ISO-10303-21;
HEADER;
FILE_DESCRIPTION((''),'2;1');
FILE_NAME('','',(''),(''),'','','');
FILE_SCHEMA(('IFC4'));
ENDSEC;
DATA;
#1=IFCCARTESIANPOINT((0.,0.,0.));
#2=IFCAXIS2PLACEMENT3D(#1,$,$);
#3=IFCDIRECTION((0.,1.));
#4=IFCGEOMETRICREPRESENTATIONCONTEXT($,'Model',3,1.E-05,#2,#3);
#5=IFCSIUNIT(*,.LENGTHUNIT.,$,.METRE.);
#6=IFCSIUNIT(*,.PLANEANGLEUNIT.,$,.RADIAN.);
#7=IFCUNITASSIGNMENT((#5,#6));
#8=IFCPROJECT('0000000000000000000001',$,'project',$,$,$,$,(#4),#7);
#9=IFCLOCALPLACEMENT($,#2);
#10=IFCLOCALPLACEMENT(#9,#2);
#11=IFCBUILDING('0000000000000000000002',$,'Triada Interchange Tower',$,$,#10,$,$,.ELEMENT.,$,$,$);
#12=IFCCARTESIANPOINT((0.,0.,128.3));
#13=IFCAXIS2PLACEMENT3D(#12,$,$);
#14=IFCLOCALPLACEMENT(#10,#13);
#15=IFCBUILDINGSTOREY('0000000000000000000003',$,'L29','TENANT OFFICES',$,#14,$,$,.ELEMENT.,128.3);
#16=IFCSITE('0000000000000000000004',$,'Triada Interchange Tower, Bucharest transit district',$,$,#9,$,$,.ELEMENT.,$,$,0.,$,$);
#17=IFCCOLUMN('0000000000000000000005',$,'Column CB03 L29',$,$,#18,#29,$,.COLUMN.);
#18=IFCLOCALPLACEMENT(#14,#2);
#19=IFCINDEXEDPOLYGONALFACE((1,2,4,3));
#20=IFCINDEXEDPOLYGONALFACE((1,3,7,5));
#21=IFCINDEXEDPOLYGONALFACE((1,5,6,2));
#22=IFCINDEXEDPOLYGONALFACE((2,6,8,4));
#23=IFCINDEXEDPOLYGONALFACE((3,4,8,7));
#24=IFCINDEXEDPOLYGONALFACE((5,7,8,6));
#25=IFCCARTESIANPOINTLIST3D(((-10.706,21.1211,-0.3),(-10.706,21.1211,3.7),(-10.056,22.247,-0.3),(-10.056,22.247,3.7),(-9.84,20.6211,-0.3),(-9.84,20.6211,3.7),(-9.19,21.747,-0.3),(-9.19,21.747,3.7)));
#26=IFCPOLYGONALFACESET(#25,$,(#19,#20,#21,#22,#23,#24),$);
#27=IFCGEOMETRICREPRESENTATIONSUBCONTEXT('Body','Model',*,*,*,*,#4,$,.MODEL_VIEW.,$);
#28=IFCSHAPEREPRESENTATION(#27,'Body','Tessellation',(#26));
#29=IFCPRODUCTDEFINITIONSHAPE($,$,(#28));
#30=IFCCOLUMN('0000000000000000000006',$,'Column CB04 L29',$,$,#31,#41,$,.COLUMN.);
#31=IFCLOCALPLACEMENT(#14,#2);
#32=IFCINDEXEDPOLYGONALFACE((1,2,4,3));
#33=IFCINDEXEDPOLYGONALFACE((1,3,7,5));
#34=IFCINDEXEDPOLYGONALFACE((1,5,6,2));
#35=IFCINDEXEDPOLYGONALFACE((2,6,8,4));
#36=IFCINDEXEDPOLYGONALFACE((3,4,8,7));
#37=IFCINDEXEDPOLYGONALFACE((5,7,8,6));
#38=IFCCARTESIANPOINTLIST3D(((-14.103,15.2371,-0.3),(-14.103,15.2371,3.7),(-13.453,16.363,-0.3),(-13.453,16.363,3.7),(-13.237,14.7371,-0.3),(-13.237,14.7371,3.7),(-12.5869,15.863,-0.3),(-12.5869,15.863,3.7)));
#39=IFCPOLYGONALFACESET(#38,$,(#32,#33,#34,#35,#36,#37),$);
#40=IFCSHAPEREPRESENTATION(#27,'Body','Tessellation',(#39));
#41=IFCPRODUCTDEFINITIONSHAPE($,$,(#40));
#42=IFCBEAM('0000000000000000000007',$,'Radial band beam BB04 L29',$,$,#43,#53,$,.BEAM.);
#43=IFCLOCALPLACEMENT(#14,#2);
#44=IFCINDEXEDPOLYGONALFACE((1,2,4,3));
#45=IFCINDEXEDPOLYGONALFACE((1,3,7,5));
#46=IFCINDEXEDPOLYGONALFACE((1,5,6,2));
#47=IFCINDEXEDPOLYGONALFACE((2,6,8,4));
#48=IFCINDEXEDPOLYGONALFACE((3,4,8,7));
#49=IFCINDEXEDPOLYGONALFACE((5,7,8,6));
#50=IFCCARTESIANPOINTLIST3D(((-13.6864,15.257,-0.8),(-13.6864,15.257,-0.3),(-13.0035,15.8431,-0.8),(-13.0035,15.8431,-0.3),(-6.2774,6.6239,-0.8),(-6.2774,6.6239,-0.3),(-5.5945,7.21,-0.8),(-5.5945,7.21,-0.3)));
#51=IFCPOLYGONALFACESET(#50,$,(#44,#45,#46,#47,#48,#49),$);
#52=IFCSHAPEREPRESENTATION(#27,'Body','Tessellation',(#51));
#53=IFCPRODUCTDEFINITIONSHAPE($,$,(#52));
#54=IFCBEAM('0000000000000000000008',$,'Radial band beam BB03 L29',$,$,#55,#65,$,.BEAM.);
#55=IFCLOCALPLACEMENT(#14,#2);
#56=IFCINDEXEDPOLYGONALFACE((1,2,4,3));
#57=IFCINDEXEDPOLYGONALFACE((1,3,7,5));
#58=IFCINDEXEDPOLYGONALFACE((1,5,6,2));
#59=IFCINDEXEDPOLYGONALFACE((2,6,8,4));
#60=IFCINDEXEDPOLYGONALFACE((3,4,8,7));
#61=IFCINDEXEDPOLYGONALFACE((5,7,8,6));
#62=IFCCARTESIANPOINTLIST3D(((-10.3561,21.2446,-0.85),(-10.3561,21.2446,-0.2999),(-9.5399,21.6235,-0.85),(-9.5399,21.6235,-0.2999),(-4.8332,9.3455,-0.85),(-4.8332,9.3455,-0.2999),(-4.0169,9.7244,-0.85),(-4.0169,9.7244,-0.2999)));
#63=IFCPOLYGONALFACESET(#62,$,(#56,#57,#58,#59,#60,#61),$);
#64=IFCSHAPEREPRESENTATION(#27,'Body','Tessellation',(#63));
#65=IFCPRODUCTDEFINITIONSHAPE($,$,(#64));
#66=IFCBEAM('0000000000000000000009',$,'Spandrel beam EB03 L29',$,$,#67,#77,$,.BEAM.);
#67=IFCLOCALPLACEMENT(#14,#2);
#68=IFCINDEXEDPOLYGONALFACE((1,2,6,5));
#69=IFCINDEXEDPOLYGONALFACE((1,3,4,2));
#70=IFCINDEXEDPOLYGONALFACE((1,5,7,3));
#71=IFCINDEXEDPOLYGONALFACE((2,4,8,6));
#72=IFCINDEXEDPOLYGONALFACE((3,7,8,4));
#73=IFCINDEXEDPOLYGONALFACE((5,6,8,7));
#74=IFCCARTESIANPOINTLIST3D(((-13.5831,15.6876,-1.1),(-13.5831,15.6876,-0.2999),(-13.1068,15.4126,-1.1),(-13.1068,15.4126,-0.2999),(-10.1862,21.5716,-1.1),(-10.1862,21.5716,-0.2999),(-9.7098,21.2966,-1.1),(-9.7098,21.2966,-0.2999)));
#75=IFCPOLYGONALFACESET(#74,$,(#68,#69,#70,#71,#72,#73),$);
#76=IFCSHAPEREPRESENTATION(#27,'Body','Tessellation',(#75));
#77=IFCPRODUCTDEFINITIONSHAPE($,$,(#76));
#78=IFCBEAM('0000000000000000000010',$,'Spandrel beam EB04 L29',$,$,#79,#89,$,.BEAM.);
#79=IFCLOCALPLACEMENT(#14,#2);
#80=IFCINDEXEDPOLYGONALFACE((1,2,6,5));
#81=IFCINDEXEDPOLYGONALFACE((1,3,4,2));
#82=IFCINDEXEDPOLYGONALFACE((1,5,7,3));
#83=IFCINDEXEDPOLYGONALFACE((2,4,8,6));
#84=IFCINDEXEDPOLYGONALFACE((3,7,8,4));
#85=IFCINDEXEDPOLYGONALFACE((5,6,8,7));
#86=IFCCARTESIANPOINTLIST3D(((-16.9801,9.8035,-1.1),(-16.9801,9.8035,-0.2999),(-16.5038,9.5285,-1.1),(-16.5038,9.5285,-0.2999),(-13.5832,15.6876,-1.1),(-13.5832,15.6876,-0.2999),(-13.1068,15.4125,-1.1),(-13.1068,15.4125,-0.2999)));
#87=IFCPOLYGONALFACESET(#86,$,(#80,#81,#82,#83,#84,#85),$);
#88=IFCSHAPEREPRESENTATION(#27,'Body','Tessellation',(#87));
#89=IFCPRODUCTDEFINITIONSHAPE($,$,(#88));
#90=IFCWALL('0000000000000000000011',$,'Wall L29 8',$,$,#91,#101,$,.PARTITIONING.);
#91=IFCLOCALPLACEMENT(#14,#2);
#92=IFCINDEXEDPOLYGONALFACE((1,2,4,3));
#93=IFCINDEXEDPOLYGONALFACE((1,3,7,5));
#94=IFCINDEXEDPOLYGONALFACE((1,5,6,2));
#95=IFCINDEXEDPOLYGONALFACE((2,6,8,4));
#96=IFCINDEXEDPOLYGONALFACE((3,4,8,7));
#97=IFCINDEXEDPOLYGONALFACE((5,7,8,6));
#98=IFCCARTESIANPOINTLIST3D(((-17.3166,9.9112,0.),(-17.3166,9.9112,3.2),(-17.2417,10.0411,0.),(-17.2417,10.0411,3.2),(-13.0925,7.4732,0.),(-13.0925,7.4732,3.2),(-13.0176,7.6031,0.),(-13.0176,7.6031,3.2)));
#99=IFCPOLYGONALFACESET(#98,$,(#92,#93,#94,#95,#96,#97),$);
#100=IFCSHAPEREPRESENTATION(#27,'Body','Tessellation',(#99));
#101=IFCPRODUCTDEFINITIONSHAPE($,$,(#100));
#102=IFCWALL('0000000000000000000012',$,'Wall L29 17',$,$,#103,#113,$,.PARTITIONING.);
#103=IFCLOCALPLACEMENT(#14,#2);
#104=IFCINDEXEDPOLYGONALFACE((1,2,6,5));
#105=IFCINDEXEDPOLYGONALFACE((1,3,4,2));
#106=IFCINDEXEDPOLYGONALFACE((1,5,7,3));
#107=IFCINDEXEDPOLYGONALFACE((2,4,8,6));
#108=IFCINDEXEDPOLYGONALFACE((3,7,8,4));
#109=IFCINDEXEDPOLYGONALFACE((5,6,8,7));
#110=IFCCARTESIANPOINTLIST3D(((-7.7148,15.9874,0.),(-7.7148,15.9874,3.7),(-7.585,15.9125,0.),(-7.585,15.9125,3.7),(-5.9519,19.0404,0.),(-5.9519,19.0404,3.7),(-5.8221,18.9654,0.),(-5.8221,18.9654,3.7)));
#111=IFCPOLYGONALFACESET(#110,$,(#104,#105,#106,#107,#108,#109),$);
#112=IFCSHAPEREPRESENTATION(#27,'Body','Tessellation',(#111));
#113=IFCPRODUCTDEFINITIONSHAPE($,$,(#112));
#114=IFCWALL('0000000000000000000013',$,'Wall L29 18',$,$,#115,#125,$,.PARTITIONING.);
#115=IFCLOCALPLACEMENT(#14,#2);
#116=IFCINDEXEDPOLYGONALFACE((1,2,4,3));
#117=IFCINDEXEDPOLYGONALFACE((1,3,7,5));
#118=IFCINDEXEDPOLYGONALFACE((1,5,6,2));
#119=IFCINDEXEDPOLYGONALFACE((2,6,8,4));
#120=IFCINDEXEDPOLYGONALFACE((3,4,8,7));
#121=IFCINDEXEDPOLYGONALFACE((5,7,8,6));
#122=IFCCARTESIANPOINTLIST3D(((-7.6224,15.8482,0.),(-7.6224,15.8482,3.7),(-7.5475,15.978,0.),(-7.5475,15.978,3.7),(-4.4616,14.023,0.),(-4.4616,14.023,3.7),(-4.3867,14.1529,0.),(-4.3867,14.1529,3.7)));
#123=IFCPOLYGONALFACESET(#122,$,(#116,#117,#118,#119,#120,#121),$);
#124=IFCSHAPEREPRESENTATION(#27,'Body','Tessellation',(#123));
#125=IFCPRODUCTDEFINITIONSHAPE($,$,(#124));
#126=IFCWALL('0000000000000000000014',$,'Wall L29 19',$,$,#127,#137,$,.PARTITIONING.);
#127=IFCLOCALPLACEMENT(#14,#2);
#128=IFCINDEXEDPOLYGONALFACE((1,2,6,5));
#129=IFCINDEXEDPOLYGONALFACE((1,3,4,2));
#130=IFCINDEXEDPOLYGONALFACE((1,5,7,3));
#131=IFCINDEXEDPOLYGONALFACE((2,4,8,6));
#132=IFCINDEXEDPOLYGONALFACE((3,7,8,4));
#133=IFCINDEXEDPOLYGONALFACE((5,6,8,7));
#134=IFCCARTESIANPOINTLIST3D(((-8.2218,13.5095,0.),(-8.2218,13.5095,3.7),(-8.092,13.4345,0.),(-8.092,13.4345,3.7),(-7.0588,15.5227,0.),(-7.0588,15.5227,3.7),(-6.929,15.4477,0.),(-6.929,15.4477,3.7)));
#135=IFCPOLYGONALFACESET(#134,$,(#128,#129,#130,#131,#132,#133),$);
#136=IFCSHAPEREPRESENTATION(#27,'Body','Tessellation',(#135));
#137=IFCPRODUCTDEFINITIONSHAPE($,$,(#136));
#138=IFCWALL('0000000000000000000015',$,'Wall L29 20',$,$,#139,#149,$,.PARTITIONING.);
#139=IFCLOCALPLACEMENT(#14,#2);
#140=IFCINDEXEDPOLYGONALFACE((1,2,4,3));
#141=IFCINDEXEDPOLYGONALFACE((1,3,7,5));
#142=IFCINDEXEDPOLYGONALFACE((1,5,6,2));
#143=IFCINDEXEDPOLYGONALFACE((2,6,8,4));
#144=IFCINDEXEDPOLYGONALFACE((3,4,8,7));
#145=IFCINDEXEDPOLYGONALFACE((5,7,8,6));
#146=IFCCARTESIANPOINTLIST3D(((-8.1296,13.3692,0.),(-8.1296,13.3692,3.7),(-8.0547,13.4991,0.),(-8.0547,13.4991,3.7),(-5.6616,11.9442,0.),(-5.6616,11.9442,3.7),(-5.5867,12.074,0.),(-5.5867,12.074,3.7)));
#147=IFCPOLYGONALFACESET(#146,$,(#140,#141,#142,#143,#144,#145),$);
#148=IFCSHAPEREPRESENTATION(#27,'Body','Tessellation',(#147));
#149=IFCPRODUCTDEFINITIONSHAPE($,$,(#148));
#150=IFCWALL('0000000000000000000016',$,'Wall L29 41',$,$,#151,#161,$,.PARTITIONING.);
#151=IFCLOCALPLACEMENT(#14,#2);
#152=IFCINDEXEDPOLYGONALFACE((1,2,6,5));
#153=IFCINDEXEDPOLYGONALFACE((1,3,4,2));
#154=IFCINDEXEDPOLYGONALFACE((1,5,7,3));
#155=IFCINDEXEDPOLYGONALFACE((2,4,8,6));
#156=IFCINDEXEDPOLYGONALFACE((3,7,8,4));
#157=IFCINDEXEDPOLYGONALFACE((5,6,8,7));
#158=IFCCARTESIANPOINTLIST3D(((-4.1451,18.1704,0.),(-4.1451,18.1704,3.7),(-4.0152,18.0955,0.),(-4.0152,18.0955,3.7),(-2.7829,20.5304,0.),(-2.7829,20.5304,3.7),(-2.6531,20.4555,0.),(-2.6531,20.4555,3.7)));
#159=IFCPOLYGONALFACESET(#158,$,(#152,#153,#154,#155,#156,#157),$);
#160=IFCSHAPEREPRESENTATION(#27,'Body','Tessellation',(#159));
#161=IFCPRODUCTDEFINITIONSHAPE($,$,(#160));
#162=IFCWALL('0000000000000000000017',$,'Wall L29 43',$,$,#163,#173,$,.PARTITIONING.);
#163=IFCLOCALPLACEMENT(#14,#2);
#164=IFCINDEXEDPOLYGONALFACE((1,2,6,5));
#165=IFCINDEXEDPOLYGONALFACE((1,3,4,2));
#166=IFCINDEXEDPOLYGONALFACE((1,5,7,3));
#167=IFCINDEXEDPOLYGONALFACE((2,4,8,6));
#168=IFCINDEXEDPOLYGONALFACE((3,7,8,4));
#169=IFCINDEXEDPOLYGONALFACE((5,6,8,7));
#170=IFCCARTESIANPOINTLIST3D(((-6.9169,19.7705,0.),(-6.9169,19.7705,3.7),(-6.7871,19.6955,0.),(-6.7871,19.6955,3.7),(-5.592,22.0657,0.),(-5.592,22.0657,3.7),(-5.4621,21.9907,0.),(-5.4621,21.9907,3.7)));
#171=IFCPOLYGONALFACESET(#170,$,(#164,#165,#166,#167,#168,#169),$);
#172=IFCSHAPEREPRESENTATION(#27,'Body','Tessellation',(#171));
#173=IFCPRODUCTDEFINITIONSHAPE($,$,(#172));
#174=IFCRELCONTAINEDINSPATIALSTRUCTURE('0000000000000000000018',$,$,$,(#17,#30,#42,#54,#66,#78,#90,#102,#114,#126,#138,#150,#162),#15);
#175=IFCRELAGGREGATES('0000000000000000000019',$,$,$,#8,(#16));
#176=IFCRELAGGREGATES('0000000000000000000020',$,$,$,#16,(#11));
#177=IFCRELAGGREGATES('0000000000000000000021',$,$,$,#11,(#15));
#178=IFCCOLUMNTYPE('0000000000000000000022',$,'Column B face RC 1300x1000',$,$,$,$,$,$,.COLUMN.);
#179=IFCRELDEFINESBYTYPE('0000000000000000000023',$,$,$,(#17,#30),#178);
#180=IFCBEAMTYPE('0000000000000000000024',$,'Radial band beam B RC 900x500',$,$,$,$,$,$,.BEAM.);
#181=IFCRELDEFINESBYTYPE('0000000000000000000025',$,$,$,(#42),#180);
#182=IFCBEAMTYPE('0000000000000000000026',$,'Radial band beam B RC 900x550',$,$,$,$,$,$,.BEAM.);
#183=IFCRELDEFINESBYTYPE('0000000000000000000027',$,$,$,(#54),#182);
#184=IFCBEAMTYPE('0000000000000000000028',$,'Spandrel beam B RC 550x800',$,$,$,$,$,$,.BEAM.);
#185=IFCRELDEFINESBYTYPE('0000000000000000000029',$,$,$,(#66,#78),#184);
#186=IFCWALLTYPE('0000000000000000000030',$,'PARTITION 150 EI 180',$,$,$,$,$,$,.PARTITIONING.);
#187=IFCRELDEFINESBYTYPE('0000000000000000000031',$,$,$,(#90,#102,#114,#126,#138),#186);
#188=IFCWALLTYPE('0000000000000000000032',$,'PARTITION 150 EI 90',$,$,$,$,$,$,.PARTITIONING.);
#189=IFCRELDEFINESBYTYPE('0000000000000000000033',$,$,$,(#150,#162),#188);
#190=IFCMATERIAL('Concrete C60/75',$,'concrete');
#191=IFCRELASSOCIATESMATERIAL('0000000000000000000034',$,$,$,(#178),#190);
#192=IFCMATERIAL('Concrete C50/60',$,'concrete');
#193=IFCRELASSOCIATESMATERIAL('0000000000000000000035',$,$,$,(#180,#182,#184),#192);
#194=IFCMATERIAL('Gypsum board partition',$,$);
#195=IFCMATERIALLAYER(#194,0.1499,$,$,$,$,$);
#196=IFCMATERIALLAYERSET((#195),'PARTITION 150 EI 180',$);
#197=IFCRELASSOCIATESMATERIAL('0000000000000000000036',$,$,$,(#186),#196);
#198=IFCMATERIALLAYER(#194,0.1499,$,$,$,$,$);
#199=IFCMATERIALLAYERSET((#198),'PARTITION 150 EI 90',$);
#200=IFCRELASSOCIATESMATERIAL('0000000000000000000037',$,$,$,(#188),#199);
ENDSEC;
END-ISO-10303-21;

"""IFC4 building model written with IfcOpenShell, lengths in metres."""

from ifc_helpers import new_model, si_unit, direction, frame, frame_2d, origin, origin_2d, place, context, subcontext, project, spatial, rectangle, extrude, material, layer, layer_set, material_profile, profile_set, type_object, element, save


model = new_model("IFC4")

# Units and contexts
model_context = context("Model", 3, precision=1e-05, world=origin(), true_north=direction((0.0, 1.0)))
body_context = subcontext(model_context, "Body", "Model", "MODEL_VIEW")
ifc_project = project(units=[si_unit("LENGTHUNIT", "METRE"), si_unit("PLANEANGLEUNIT", "RADIAN")], contexts=[model_context])

# Site, building, storey
site_placement = place(None, origin())
site = spatial("IfcSite", under=ifc_project, at=site_placement, Name="Triada Interchange Tower, Bucharest transit district", CompositionType="ELEMENT", RefElevation=0.0)
building_placement = place(site_placement, origin())
building = spatial("IfcBuilding", under=site, at=building_placement, Name="Triada Interchange Tower", CompositionType="ELEMENT")
storey_placement = place(building_placement, frame((0.0, 0.0, 128.3)))
storey = spatial("IfcBuildingStorey", under=building, at=storey_placement, Name="L29", Description="TENANT OFFICES", CompositionType="ELEMENT", Elevation=128.3)

# Columns
ifc_material_1 = material(Name="Concrete C60/75", Category="concrete")
ifc_material_profile_1 = material_profile(ifc_material_1, rectangle(XDim=1.3, YDim=1.0, at=origin_2d()), Name="RC 1300x1000")
ifc_profile_set_1 = profile_set([ifc_material_profile_1], Name="Concrete C60/75")
column_type = type_object("IfcColumnType", Name="Column B face RC 1300x1000", PredefinedType="COLUMN", material=ifc_profile_set_1)
for number, where, z_axis, x_axis, name in (
    (1, (-9.948, 21.4341, -0.3), (0.0, 0.0, 1.0), (0.5, 0.866025, 0.0), "Column CB03 L29"),
    (2, (-13.345, 15.55, -0.3), (0.0, 0.0, 1.0), (0.5, 0.866025, 0.0), "Column CB04 L29"),
):
    element("IfcColumn", number, at=place(storey_placement, frame(where, z_axis=z_axis, x_axis=x_axis)), inside=storey, type_object=column_type, Name=name, PredefinedType="COLUMN", context=body_context, shape_type="SweptSolid", body=[
        extrude(rectangle(XDim=1.3, YDim=1.0, at=origin_2d()), origin(), (0.0, 0.0, 1.0), 4.0),
    ])

# Beams
ifc_material_2 = material(Name="Concrete C50/60", Category="concrete")
ifc_material_profile_2 = material_profile(ifc_material_2, rectangle(XDim=0.8999, YDim=0.5, at=origin_2d()), Name="RC 900x500")
ifc_profile_set_2 = profile_set([ifc_material_profile_2], Name="Concrete C50/60")
beam_type_1 = type_object("IfcBeamType", Name="Radial band beam B RC 900x500", PredefinedType="BEAM", material=ifc_profile_set_2)
beam_1_placement = place(storey_placement, frame((-13.345, 15.55, -0.55), z_axis=(0.651256, -0.758858, 0.0), x_axis=(0.758858, 0.651256, 0.0)))
element("IfcBeam", 3, at=beam_1_placement, inside=storey, type_object=beam_type_1, Name="Radial band beam BB04 L29", PredefinedType="BEAM", context=body_context, shape_type="SweptSolid", body=[
    extrude(rectangle(XDim=0.8999, YDim=0.5, at=origin_2d()), origin(), (0.0, 0.0, 1.0), 11.3765),
])
ifc_material_profile_3 = material_profile(ifc_material_2, rectangle(XDim=0.8999, YDim=0.55, at=origin_2d()), Name="RC 900x550")
ifc_profile_set_3 = profile_set([ifc_material_profile_3], Name="Concrete C50/60")
beam_type_2 = type_object("IfcBeamType", Name="Radial band beam B RC 900x550", PredefinedType="BEAM", material=ifc_profile_set_3)
beam_2_placement = place(storey_placement, frame((-9.948, 21.4341, -0.575), z_axis=(0.421007, -0.907057, 0.0), x_axis=(0.907057, 0.421007, 0.0)))
element("IfcBeam", 4, at=beam_2_placement, inside=storey, type_object=beam_type_2, Name="Radial band beam BB03 L29", PredefinedType="BEAM", context=body_context, shape_type="SweptSolid", body=[
    extrude(rectangle(XDim=0.8999, YDim=0.55, at=origin_2d()), origin(), (0.0, 0.0, 1.0), 13.1184),
])
ifc_material_profile_4 = material_profile(ifc_material_2, rectangle(XDim=0.55, YDim=0.8, at=origin_2d()), Name="RC 550x800")
ifc_profile_set_4 = profile_set([ifc_material_profile_4], Name="Concrete C50/60")
beam_type_3 = type_object("IfcBeamType", Name="Spandrel beam B RC 550x800", PredefinedType="BEAM", material=ifc_profile_set_4)
for number, where, z_axis, x_axis, name in (
    (5, (-9.948, 21.4341, -0.7), (-0.499981, -0.866037, 0.0), (0.866037, -0.499981, 0.0), "Spandrel beam EB03 L29"),
    (6, (-13.345, 15.55, -0.7), (-0.499981, -0.866037, 0.0), (0.866037, -0.499981, 0.0), "Spandrel beam EB04 L29"),
):
    element("IfcBeam", number, at=place(storey_placement, frame(where, z_axis=z_axis, x_axis=x_axis)), inside=storey, type_object=beam_type_3, Name=name, PredefinedType="BEAM", context=body_context, shape_type="SweptSolid", body=[
        extrude(rectangle(XDim=0.55, YDim=0.8, at=origin_2d()), origin(), (0.0, 0.0, 1.0), 6.7942),
    ])

# Walls
ifc_material_3 = material(Name="Gypsum board partition")
ifc_layer_1 = layer(ifc_material_3, 0.1499)
ifc_layer_set_1 = layer_set([ifc_layer_1], Name="PARTITION 150 EI 180")
wall_type_1 = type_object("IfcWallType", Name="PARTITION 150 EI 180", PredefinedType="PARTITIONING", material=ifc_layer_set_1)
wall_1_placement = place(storey_placement, frame((-17.2791, 9.9761, 0.0), z_axis=(0.0, 0.0, 1.0), x_axis=(0.866097, -0.499876, 0.0)))
element("IfcWall", 7, at=wall_1_placement, inside=storey, type_object=wall_type_1, Name="Wall L29 8", PredefinedType="PARTITIONING", context=body_context, shape_type="SweptSolid", body=[
    extrude(rectangle(XDim=4.8772, YDim=0.1499, at=frame_2d((2.4385, 0.0))), origin(), (0.0, 0.0, 1.0), 3.2),
])
wall_2_placement = place(storey_placement, frame((-7.6499, 15.95, 0.0), z_axis=(0.0, 0.0, 1.0), x_axis=(0.500064, 0.865988, 0.0)))
element("IfcWall", 8, at=wall_2_placement, inside=storey, type_object=wall_type_1, Name="Wall L29 17", PredefinedType="PARTITIONING", context=body_context, shape_type="SweptSolid", body=[
    extrude(rectangle(XDim=3.5254, YDim=0.1499, at=frame_2d((1.7627, 0.0))), origin(), (0.0, 0.0, 1.0), 3.7),
])
wall_3_placement = place(storey_placement, frame((-7.585, 15.9131, 0.0), z_axis=(0.0, 0.0, 1.0), x_axis=(0.865995, -0.500052, 0.0)))
element("IfcWall", 9, at=wall_3_placement, inside=storey, type_object=wall_type_1, Name="Wall L29 18", PredefinedType="PARTITIONING", context=body_context, shape_type="SweptSolid", body=[
    extrude(rectangle(XDim=3.6499, YDim=0.1499, at=frame_2d((1.825, 0.0))), origin(), (0.0, 0.0, 1.0), 3.7),
])
wall_4_placement = place(storey_placement, frame((-8.157, 13.4719, 0.0), z_axis=(0.0, 0.0, 1.0), x_axis=(0.50025, 0.865881, 0.0)))
element("IfcWall", 10, at=wall_4_placement, inside=storey, type_object=wall_type_1, Name="Wall L29 19", PredefinedType="PARTITIONING", context=body_context, shape_type="SweptSolid", body=[
    extrude(rectangle(XDim=2.325, YDim=0.1499, at=frame_2d((1.1626, 0.0))), origin(), (0.0, 0.0, 1.0), 3.7),
])
wall_5_placement = place(storey_placement, frame((-8.092, 13.4341, 0.0), z_axis=(0.0, 0.0, 1.0), x_axis=(0.866004, -0.500036, 0.0)))
element("IfcWall", 11, at=wall_5_placement, inside=storey, type_object=wall_type_1, Name="Wall L29 20", PredefinedType="PARTITIONING", context=body_context, shape_type="SweptSolid", body=[
    extrude(rectangle(XDim=2.8499, YDim=0.1499, at=frame_2d((1.4248, 0.0))), origin(), (0.0, 0.0, 1.0), 3.7),
])
ifc_layer_2 = layer(ifc_material_3, 0.1499)
ifc_layer_set_2 = layer_set([ifc_layer_2], Name="PARTITION 150 EI 90")
wall_type_2 = type_object("IfcWallType", Name="PARTITION 150 EI 90", PredefinedType="PARTITIONING", material=ifc_layer_set_2)
wall_6_placement = place(storey_placement, frame((-4.0801, 18.1331, 0.0), z_axis=(0.0, 0.0, 1.0), x_axis=(0.499888, 0.86609, 0.0)))
element("IfcWall", 12, at=wall_6_placement, inside=storey, type_object=wall_type_2, Name="Wall L29 41", PredefinedType="PARTITIONING", context=body_context, shape_type="SweptSolid", body=[
    extrude(rectangle(XDim=2.7249, YDim=0.1499, at=frame_2d((1.3623, 0.0))), origin(), (0.0, 0.0, 1.0), 3.7),
])
wall_7_placement = place(storey_placement, frame((-6.8521, 19.7329, 0.0), z_axis=(0.0, 0.0, 1.0), x_axis=(0.499954, 0.866052, 0.0)))
element("IfcWall", 13, at=wall_7_placement, inside=storey, type_object=wall_type_2, Name="Wall L29 43", PredefinedType="PARTITIONING", context=body_context, shape_type="SweptSolid", body=[
    extrude(rectangle(XDim=2.6501, YDim=0.1499, at=frame_2d((1.3252, 0.0))), origin(), (0.0, 0.0, 1.0), 3.7),
])

save(model, "model.ifc")
